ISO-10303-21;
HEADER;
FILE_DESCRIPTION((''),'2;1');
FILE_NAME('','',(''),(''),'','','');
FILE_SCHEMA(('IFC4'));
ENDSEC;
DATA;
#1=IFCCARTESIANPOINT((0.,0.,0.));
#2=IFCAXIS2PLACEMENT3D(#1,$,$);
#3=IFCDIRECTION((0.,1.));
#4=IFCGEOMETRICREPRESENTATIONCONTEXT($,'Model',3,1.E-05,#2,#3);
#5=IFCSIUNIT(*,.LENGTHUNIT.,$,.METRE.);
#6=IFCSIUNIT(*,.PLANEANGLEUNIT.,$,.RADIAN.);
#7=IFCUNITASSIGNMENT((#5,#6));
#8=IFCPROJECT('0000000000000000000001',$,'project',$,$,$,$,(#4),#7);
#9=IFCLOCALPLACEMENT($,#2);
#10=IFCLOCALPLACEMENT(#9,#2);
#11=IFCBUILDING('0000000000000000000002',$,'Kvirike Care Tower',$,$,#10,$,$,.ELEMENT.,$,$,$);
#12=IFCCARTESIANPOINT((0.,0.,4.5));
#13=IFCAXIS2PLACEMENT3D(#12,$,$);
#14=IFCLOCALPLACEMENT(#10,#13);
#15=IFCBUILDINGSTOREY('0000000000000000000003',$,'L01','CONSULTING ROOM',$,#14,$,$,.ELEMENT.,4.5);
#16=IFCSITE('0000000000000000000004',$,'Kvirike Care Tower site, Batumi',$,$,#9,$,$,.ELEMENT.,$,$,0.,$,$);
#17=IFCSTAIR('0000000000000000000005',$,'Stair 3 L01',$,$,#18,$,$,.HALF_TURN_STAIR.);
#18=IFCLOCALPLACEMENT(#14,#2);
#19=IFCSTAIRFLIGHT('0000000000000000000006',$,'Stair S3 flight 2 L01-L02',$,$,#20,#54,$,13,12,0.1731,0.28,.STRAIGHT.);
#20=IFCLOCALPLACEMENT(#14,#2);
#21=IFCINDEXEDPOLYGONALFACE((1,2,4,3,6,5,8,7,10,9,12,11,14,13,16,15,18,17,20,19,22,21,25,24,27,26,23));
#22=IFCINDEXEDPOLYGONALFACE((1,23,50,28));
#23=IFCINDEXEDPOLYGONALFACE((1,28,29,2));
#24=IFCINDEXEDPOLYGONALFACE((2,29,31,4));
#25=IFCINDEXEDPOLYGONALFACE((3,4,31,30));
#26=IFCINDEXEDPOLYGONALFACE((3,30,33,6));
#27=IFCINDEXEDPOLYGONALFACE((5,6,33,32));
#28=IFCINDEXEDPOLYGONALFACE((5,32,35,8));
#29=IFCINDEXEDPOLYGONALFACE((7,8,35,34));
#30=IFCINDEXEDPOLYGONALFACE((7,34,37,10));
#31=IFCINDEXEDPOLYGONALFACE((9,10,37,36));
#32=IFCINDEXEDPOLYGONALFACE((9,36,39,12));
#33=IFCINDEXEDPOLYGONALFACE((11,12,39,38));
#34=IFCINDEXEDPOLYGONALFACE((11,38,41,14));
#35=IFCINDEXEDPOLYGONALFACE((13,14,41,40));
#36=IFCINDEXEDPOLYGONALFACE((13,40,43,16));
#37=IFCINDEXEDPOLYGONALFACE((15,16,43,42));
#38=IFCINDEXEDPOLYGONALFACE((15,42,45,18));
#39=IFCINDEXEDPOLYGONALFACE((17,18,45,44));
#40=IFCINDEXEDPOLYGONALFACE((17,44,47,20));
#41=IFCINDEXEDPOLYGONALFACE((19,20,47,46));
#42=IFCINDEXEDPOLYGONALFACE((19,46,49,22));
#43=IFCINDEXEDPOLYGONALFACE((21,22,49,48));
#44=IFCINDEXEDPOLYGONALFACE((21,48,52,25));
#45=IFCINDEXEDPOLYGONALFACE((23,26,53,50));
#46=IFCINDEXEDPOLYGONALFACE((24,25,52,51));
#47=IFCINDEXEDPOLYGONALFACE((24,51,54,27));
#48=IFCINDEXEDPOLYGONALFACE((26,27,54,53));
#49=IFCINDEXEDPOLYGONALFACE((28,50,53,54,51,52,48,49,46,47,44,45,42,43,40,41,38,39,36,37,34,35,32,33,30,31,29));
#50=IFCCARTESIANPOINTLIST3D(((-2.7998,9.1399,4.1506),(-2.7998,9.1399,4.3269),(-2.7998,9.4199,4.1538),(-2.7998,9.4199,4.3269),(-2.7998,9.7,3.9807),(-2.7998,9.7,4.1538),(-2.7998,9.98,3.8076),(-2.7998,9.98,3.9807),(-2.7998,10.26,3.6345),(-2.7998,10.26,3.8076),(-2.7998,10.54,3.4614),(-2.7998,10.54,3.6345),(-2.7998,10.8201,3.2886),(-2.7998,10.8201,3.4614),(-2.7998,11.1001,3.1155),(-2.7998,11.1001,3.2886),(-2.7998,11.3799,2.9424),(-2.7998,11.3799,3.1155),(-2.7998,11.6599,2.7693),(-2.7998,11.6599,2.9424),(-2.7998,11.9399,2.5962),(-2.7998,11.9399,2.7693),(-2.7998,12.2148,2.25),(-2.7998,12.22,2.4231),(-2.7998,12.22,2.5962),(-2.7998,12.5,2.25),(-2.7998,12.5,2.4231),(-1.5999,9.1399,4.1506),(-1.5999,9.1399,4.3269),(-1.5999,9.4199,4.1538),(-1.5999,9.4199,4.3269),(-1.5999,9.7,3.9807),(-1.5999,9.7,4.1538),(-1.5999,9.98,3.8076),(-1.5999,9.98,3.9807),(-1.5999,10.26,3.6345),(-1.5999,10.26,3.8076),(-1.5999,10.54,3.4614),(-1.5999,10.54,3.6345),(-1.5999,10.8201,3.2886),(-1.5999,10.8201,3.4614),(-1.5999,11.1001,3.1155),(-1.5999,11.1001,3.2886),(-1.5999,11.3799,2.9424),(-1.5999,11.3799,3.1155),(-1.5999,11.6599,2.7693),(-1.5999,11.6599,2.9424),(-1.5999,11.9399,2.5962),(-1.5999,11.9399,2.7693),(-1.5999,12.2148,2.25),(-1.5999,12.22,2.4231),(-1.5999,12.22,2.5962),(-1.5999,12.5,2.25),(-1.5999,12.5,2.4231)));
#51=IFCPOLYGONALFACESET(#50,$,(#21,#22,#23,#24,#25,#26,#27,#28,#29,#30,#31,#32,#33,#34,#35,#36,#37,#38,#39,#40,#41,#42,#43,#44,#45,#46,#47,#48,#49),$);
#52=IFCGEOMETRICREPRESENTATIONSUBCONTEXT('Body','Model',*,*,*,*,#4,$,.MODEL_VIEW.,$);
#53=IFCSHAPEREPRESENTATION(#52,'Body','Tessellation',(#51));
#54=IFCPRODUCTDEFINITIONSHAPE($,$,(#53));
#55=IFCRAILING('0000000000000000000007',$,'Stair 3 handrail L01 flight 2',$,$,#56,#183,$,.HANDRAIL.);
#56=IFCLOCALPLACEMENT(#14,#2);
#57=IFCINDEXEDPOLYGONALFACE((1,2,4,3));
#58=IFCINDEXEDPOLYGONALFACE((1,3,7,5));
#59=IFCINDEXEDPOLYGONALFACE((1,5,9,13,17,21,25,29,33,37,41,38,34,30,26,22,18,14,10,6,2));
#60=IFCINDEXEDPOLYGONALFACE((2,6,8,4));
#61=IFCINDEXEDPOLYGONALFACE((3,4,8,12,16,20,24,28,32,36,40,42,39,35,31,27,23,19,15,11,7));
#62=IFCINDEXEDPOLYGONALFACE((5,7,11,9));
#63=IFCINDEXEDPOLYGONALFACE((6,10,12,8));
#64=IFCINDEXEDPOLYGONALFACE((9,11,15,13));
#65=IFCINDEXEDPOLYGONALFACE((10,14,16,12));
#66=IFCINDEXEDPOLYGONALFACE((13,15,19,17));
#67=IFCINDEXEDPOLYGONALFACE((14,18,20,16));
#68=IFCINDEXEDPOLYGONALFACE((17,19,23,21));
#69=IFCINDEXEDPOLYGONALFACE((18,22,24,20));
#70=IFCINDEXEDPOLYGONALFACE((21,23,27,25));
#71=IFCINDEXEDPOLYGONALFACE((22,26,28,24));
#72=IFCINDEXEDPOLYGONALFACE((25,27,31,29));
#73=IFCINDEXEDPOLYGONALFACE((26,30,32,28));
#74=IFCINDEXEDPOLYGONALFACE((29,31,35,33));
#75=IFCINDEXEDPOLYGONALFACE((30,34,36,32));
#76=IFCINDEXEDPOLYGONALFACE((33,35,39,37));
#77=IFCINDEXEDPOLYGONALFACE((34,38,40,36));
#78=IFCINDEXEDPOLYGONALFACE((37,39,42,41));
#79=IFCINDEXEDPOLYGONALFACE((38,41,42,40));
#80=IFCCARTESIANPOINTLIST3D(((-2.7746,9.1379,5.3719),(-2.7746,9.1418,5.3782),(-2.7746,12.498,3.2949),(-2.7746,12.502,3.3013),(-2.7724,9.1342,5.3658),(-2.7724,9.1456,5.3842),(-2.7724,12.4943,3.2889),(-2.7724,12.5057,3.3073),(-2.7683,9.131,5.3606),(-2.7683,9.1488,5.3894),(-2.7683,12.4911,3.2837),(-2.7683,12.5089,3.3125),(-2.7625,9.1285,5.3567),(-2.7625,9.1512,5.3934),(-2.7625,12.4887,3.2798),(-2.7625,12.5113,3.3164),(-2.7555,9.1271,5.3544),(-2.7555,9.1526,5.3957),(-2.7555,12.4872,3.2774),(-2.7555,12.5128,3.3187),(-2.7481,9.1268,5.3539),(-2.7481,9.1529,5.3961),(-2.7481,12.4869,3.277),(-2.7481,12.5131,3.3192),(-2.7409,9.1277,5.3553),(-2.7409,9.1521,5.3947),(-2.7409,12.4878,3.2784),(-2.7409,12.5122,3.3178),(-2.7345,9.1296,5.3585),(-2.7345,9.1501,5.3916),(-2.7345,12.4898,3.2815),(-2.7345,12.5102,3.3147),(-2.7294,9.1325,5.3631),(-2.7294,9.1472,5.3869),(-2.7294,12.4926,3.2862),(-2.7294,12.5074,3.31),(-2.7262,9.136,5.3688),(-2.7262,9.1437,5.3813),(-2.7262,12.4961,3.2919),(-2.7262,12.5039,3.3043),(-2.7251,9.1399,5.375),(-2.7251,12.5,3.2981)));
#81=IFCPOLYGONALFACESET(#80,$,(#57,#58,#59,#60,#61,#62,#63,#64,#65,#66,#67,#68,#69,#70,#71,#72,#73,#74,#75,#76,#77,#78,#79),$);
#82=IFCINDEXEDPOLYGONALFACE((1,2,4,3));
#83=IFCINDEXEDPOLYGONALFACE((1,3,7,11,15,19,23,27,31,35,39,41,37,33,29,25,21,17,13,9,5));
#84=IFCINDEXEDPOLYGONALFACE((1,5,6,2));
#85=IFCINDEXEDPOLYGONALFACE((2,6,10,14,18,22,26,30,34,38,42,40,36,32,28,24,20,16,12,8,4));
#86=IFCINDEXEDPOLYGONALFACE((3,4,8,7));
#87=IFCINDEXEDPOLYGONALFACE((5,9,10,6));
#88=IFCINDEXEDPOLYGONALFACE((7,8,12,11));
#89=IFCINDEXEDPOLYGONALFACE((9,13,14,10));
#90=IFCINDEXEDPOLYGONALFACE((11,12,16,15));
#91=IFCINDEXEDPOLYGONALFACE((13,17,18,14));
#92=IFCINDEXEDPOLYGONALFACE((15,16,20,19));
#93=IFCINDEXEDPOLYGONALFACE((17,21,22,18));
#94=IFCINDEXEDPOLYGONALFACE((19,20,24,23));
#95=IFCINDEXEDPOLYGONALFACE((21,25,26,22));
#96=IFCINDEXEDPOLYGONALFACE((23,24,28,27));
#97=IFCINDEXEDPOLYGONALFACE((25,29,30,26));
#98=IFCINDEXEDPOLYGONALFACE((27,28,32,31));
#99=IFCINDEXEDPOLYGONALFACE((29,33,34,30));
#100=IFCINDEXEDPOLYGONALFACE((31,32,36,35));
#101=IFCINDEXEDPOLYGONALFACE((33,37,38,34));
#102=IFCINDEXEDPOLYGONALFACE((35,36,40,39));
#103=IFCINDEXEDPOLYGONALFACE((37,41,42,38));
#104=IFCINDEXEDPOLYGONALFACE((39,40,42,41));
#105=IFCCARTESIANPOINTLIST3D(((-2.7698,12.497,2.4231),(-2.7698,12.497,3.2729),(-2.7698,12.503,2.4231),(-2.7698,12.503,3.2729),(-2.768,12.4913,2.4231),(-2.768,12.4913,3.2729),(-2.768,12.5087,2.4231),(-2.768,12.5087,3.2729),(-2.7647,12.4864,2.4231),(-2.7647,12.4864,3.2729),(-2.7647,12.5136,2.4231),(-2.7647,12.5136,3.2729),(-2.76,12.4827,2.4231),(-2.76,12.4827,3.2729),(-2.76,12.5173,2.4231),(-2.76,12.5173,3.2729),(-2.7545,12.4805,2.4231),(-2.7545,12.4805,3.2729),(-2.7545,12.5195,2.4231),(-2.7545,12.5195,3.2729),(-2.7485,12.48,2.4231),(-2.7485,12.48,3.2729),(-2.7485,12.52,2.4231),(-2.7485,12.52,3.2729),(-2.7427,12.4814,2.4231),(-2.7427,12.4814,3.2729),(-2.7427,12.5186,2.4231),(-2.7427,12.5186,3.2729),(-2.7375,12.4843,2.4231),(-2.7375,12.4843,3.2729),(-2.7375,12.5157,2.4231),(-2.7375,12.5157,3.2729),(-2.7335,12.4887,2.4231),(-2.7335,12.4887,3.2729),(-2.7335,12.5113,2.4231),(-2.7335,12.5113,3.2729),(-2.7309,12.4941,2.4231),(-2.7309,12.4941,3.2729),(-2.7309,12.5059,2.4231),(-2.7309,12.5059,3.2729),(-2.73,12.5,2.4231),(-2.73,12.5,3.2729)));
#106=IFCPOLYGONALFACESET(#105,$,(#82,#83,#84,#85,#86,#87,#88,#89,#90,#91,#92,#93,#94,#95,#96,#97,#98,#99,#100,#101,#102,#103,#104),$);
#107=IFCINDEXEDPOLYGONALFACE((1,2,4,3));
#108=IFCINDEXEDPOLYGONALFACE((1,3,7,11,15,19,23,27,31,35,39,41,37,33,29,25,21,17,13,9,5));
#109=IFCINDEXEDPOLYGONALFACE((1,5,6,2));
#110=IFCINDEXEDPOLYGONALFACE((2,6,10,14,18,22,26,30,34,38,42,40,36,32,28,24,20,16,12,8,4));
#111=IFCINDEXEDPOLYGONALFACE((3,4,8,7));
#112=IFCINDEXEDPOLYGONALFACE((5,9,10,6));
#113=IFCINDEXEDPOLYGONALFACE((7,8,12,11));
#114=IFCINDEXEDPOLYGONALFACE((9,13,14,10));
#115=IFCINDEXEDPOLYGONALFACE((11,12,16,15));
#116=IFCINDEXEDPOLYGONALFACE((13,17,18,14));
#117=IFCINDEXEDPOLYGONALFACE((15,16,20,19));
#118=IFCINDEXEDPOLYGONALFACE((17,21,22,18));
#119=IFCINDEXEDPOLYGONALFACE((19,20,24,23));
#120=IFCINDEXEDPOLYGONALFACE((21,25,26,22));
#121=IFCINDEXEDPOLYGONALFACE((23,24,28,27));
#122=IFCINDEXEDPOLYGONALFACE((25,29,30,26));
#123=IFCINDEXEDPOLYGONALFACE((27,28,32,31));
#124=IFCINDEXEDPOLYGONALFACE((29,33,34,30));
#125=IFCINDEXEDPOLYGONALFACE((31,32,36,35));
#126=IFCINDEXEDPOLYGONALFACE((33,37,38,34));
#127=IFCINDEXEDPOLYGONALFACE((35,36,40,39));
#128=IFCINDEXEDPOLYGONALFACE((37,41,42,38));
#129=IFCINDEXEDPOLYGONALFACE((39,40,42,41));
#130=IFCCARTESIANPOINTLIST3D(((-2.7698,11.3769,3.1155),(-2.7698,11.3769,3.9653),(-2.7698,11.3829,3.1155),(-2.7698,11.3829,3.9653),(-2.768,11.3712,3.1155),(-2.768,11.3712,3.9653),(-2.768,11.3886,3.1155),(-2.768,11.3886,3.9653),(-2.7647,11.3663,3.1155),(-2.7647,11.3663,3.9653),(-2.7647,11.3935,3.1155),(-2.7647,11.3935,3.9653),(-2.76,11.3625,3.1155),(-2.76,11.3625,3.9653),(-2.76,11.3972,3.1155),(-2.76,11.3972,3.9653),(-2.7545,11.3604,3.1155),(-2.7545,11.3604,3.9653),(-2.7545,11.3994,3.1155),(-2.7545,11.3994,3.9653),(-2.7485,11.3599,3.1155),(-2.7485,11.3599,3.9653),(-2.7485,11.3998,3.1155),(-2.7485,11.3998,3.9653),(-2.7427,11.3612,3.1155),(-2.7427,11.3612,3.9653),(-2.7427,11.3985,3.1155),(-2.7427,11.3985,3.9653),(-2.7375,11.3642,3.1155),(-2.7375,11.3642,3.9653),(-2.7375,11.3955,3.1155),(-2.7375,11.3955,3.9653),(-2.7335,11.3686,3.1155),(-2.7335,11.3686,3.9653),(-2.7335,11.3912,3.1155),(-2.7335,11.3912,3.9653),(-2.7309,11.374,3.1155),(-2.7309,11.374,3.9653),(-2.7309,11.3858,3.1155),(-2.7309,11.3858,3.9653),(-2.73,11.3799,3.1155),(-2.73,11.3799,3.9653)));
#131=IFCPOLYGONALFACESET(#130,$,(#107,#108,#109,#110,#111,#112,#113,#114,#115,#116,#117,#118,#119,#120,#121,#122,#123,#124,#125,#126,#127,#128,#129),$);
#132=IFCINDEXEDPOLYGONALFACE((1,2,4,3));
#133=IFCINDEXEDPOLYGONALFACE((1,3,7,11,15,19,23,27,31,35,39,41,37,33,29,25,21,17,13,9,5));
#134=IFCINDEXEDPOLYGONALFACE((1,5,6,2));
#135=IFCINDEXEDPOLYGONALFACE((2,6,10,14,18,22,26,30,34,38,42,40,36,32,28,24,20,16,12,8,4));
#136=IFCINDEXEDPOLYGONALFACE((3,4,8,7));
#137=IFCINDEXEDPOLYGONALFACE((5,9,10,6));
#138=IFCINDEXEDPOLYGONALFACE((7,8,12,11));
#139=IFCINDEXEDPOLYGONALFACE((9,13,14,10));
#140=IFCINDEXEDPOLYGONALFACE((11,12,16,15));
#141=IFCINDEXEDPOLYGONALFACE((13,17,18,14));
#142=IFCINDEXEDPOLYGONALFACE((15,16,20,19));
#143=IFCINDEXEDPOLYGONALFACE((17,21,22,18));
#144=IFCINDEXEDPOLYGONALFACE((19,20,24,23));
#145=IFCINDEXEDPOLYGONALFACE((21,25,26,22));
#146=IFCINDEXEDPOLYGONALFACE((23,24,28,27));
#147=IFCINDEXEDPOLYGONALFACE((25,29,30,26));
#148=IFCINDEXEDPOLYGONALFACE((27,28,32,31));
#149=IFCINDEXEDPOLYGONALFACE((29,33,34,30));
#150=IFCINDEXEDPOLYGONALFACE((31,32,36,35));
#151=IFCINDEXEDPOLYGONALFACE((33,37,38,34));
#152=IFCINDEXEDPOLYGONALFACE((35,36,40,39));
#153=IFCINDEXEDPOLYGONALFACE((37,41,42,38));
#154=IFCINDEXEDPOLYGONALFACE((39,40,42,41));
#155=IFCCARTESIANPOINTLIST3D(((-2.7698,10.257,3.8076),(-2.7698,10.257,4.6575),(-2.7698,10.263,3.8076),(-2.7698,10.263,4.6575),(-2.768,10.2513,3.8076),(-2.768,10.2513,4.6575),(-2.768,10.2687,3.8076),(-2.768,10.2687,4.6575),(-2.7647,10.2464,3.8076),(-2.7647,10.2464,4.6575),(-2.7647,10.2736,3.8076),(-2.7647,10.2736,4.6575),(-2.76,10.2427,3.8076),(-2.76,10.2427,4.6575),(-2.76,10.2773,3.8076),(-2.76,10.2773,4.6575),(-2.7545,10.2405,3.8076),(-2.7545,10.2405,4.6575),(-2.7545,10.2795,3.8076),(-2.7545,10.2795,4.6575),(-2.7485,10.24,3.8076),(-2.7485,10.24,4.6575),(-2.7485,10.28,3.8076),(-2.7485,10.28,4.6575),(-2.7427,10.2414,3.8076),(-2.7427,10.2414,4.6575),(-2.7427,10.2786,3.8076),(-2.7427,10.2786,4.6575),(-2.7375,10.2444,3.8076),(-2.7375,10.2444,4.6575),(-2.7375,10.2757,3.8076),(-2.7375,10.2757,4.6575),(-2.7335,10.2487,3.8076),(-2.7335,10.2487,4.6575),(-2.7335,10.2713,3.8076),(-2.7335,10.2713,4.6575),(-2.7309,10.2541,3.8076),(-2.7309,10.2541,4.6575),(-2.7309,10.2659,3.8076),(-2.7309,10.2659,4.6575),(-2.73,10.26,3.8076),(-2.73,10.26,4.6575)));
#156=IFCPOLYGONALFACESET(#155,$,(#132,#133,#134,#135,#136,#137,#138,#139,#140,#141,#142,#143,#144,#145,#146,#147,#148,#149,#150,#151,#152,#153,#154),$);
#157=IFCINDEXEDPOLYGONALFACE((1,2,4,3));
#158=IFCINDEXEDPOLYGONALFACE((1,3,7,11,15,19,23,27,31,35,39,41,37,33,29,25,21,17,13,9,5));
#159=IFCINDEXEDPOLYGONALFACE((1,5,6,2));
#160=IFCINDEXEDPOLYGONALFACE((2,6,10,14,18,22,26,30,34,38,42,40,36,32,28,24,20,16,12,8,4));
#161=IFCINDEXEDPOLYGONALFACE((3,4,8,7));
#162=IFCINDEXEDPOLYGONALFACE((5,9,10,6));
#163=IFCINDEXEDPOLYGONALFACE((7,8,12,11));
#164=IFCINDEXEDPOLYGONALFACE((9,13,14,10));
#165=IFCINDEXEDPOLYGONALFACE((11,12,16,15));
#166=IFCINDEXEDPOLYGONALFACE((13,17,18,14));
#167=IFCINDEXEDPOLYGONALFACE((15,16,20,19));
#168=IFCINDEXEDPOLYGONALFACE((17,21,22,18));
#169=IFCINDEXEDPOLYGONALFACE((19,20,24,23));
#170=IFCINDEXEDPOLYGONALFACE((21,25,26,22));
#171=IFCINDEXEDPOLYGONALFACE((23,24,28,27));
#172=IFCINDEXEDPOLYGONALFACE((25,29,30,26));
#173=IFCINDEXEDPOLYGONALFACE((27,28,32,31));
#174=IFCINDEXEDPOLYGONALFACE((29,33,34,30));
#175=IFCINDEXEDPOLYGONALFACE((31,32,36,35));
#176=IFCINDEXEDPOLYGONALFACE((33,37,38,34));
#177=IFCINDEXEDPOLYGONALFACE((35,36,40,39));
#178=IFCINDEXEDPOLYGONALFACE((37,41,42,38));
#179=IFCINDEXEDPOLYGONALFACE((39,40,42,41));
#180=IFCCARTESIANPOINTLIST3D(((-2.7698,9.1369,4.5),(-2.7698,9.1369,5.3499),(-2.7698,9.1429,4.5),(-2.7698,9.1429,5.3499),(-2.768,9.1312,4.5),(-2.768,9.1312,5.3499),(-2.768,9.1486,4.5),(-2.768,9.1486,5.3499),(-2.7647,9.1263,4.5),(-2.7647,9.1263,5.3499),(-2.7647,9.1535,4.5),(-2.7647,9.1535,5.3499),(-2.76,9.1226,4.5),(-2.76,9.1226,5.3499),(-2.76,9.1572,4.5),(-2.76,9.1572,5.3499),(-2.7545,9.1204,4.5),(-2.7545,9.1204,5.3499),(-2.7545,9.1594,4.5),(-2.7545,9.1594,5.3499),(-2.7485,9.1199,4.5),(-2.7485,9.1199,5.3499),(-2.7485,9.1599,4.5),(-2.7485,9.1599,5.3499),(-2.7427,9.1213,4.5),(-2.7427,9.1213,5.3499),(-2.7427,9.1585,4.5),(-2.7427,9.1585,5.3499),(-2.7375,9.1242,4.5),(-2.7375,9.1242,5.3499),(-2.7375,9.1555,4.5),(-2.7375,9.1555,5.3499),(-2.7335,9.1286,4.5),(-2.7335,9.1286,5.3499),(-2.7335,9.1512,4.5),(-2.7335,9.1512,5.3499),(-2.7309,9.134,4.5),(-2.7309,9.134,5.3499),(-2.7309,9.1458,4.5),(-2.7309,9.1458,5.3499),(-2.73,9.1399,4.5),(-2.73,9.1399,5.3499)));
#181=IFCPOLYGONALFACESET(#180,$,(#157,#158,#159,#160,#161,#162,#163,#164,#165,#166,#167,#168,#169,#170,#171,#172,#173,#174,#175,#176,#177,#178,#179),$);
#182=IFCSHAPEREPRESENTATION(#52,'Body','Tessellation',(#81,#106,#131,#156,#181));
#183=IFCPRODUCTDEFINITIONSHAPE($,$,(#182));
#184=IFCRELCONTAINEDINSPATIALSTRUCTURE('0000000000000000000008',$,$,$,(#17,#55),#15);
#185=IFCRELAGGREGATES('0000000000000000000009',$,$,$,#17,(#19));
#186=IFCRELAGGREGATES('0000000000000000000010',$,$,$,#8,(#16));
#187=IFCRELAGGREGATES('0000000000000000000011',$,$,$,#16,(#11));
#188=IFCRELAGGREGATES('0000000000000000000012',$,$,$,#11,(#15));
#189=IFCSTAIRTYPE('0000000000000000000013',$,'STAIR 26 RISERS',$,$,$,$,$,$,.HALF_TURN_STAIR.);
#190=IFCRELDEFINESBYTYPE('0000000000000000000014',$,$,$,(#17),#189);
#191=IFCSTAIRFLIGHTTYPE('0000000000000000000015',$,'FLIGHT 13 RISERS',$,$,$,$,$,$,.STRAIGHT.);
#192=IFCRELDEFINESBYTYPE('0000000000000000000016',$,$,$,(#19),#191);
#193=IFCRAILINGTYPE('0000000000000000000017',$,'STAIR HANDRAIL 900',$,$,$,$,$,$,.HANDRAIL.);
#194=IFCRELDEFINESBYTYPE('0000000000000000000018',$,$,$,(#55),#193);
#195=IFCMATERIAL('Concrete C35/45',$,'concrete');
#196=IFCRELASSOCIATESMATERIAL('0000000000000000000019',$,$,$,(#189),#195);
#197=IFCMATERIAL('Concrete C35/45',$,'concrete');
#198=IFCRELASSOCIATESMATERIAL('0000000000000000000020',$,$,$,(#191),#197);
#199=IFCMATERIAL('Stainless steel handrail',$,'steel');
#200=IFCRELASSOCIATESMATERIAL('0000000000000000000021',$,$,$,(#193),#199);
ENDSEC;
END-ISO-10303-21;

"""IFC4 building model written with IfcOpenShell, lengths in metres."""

from ifc_helpers import new_model, si_unit, direction, frame, origin, origin_2d, place, context, subcontext, project, spatial, polyline, circle, outline, extrude, material, type_object, element, aggregate, save


model = new_model("IFC4")

# Units and contexts
model_context = context("Model", 3, precision=1e-05, world=origin(), true_north=direction((0.0, 1.0)))
body_context = subcontext(model_context, "Body", "Model", "MODEL_VIEW")
ifc_project = project(units=[si_unit("LENGTHUNIT", "METRE"), si_unit("PLANEANGLEUNIT", "RADIAN")], contexts=[model_context])

# Site, building, storey
site_placement = place(None, origin())
site = spatial("IfcSite", under=ifc_project, at=site_placement, Name="Kvirike Care Tower site, Batumi", CompositionType="ELEMENT", RefElevation=0.0)
building_placement = place(site_placement, origin())
building = spatial("IfcBuilding", under=site, at=building_placement, Name="Kvirike Care Tower", CompositionType="ELEMENT")
storey_placement = place(building_placement, frame((0.0, 0.0, 4.5)))
storey = spatial("IfcBuildingStorey", under=building, at=storey_placement, Name="L01", Description="CONSULTING ROOM", CompositionType="ELEMENT", Elevation=4.5)

# Stair, stair flight
ifc_material_1 = material(Name="Concrete C35/45", Category="concrete")
stair_type = type_object("IfcStairType", Name="STAIR 26 RISERS", PredefinedType="HALF_TURN_STAIR", material=ifc_material_1)
stair_placement = place(storey_placement, origin())
stair = element("IfcStair", 1, at=stair_placement, inside=storey, type_object=stair_type, Name="Stair 3 L01", PredefinedType="HALF_TURN_STAIR")
ifc_material_2 = material(Name="Concrete C35/45", Category="concrete")
stair_flight_type = type_object("IfcStairFlightType", Name="FLIGHT 13 RISERS", PredefinedType="STRAIGHT", material=ifc_material_2)
stair_flight_placement = place(storey_placement, frame((-2.2, 12.5, 2.25), z_axis=(0.0, 0.0, 1.0), x_axis=(0.0, -1.0, 0.0)))
stair_flight = element("IfcStairFlight", 2, at=stair_flight_placement, type_object=stair_flight_type, Name="Stair S3 flight 2 L01-L02", NumberOfRisers=13, NumberOfTreads=12, PredefinedType="STRAIGHT", RiserHeight=0.1731, TreadLength=0.28, context=body_context, shape_type="SweptSolid", body=[
    extrude(outline(polyline([(0.0, 0.0), (0.0, 0.1731), (0.28, 0.1731), (0.28, 0.3462), (0.5601, 0.3462), (0.5601, 0.5193), (0.8401, 0.5193), (0.8401, 0.6924), (1.1201, 0.6924), (1.1201, 0.8655), (1.3999, 0.8655), (1.3999, 1.0386), (1.6799, 1.0386), (1.6799, 1.2114), (1.96, 1.2114), (1.96, 1.3845), (2.24, 1.3845), (2.24, 1.5576), (2.52, 1.5576), (2.52, 1.7307), (2.8, 1.7307), (2.8, 1.9038), (3.0801, 1.9038), (3.0801, 2.0769), (3.3601, 2.0769), (3.3601, 2.25), (3.3601, 1.9006), (0.2852, 0.0), (0.0, 0.0)])), frame((0.0, 0.6001, 0.0), z_axis=(0.0, -1.0, 0.0), x_axis=(1.0, 0.0, 0.0)), (0.0, 0.0, 1.0), 1.2),
])
aggregate(stair, [stair_flight])

# Railing
ifc_material_3 = material(Name="Stainless steel handrail", Category="steel")
railing_type = type_object("IfcRailingType", Name="STAIR HANDRAIL 900", PredefinedType="HANDRAIL", material=ifc_material_3)
railing_placement = place(storey_placement, frame((-2.75, 12.5, 2.4231)))
element("IfcRailing", 3, at=railing_placement, inside=storey, type_object=railing_type, Name="Stair 3 handrail L01 flight 2", PredefinedType="HANDRAIL", context=body_context, shape_type="SweptSolid", body=[
    extrude(circle(Radius=0.0249, at=origin_2d()), frame((0.0, 0.0, 0.875), z_axis=(0.0, -0.850623, 0.525776), x_axis=(1.0, 0.0, 0.0)), (0.0, 0.0, 1.0), 3.9502),
    extrude(circle(Radius=0.02, at=origin_2d()), origin(), (0.0, 0.0, 1.0), 0.8499),
    extrude(circle(Radius=0.02, at=origin_2d()), frame((0.0, -1.1201, 0.6924)), (0.0, 0.0, 1.0), 0.8499),
    extrude(circle(Radius=0.02, at=origin_2d()), frame((0.0, -2.24, 1.3845)), (0.0, 0.0, 1.0), 0.8499),
    extrude(circle(Radius=0.02, at=origin_2d()), frame((0.0, -3.3601, 2.0769)), (0.0, 0.0, 1.0), 0.8499),
])

save(model, "model.ifc")
